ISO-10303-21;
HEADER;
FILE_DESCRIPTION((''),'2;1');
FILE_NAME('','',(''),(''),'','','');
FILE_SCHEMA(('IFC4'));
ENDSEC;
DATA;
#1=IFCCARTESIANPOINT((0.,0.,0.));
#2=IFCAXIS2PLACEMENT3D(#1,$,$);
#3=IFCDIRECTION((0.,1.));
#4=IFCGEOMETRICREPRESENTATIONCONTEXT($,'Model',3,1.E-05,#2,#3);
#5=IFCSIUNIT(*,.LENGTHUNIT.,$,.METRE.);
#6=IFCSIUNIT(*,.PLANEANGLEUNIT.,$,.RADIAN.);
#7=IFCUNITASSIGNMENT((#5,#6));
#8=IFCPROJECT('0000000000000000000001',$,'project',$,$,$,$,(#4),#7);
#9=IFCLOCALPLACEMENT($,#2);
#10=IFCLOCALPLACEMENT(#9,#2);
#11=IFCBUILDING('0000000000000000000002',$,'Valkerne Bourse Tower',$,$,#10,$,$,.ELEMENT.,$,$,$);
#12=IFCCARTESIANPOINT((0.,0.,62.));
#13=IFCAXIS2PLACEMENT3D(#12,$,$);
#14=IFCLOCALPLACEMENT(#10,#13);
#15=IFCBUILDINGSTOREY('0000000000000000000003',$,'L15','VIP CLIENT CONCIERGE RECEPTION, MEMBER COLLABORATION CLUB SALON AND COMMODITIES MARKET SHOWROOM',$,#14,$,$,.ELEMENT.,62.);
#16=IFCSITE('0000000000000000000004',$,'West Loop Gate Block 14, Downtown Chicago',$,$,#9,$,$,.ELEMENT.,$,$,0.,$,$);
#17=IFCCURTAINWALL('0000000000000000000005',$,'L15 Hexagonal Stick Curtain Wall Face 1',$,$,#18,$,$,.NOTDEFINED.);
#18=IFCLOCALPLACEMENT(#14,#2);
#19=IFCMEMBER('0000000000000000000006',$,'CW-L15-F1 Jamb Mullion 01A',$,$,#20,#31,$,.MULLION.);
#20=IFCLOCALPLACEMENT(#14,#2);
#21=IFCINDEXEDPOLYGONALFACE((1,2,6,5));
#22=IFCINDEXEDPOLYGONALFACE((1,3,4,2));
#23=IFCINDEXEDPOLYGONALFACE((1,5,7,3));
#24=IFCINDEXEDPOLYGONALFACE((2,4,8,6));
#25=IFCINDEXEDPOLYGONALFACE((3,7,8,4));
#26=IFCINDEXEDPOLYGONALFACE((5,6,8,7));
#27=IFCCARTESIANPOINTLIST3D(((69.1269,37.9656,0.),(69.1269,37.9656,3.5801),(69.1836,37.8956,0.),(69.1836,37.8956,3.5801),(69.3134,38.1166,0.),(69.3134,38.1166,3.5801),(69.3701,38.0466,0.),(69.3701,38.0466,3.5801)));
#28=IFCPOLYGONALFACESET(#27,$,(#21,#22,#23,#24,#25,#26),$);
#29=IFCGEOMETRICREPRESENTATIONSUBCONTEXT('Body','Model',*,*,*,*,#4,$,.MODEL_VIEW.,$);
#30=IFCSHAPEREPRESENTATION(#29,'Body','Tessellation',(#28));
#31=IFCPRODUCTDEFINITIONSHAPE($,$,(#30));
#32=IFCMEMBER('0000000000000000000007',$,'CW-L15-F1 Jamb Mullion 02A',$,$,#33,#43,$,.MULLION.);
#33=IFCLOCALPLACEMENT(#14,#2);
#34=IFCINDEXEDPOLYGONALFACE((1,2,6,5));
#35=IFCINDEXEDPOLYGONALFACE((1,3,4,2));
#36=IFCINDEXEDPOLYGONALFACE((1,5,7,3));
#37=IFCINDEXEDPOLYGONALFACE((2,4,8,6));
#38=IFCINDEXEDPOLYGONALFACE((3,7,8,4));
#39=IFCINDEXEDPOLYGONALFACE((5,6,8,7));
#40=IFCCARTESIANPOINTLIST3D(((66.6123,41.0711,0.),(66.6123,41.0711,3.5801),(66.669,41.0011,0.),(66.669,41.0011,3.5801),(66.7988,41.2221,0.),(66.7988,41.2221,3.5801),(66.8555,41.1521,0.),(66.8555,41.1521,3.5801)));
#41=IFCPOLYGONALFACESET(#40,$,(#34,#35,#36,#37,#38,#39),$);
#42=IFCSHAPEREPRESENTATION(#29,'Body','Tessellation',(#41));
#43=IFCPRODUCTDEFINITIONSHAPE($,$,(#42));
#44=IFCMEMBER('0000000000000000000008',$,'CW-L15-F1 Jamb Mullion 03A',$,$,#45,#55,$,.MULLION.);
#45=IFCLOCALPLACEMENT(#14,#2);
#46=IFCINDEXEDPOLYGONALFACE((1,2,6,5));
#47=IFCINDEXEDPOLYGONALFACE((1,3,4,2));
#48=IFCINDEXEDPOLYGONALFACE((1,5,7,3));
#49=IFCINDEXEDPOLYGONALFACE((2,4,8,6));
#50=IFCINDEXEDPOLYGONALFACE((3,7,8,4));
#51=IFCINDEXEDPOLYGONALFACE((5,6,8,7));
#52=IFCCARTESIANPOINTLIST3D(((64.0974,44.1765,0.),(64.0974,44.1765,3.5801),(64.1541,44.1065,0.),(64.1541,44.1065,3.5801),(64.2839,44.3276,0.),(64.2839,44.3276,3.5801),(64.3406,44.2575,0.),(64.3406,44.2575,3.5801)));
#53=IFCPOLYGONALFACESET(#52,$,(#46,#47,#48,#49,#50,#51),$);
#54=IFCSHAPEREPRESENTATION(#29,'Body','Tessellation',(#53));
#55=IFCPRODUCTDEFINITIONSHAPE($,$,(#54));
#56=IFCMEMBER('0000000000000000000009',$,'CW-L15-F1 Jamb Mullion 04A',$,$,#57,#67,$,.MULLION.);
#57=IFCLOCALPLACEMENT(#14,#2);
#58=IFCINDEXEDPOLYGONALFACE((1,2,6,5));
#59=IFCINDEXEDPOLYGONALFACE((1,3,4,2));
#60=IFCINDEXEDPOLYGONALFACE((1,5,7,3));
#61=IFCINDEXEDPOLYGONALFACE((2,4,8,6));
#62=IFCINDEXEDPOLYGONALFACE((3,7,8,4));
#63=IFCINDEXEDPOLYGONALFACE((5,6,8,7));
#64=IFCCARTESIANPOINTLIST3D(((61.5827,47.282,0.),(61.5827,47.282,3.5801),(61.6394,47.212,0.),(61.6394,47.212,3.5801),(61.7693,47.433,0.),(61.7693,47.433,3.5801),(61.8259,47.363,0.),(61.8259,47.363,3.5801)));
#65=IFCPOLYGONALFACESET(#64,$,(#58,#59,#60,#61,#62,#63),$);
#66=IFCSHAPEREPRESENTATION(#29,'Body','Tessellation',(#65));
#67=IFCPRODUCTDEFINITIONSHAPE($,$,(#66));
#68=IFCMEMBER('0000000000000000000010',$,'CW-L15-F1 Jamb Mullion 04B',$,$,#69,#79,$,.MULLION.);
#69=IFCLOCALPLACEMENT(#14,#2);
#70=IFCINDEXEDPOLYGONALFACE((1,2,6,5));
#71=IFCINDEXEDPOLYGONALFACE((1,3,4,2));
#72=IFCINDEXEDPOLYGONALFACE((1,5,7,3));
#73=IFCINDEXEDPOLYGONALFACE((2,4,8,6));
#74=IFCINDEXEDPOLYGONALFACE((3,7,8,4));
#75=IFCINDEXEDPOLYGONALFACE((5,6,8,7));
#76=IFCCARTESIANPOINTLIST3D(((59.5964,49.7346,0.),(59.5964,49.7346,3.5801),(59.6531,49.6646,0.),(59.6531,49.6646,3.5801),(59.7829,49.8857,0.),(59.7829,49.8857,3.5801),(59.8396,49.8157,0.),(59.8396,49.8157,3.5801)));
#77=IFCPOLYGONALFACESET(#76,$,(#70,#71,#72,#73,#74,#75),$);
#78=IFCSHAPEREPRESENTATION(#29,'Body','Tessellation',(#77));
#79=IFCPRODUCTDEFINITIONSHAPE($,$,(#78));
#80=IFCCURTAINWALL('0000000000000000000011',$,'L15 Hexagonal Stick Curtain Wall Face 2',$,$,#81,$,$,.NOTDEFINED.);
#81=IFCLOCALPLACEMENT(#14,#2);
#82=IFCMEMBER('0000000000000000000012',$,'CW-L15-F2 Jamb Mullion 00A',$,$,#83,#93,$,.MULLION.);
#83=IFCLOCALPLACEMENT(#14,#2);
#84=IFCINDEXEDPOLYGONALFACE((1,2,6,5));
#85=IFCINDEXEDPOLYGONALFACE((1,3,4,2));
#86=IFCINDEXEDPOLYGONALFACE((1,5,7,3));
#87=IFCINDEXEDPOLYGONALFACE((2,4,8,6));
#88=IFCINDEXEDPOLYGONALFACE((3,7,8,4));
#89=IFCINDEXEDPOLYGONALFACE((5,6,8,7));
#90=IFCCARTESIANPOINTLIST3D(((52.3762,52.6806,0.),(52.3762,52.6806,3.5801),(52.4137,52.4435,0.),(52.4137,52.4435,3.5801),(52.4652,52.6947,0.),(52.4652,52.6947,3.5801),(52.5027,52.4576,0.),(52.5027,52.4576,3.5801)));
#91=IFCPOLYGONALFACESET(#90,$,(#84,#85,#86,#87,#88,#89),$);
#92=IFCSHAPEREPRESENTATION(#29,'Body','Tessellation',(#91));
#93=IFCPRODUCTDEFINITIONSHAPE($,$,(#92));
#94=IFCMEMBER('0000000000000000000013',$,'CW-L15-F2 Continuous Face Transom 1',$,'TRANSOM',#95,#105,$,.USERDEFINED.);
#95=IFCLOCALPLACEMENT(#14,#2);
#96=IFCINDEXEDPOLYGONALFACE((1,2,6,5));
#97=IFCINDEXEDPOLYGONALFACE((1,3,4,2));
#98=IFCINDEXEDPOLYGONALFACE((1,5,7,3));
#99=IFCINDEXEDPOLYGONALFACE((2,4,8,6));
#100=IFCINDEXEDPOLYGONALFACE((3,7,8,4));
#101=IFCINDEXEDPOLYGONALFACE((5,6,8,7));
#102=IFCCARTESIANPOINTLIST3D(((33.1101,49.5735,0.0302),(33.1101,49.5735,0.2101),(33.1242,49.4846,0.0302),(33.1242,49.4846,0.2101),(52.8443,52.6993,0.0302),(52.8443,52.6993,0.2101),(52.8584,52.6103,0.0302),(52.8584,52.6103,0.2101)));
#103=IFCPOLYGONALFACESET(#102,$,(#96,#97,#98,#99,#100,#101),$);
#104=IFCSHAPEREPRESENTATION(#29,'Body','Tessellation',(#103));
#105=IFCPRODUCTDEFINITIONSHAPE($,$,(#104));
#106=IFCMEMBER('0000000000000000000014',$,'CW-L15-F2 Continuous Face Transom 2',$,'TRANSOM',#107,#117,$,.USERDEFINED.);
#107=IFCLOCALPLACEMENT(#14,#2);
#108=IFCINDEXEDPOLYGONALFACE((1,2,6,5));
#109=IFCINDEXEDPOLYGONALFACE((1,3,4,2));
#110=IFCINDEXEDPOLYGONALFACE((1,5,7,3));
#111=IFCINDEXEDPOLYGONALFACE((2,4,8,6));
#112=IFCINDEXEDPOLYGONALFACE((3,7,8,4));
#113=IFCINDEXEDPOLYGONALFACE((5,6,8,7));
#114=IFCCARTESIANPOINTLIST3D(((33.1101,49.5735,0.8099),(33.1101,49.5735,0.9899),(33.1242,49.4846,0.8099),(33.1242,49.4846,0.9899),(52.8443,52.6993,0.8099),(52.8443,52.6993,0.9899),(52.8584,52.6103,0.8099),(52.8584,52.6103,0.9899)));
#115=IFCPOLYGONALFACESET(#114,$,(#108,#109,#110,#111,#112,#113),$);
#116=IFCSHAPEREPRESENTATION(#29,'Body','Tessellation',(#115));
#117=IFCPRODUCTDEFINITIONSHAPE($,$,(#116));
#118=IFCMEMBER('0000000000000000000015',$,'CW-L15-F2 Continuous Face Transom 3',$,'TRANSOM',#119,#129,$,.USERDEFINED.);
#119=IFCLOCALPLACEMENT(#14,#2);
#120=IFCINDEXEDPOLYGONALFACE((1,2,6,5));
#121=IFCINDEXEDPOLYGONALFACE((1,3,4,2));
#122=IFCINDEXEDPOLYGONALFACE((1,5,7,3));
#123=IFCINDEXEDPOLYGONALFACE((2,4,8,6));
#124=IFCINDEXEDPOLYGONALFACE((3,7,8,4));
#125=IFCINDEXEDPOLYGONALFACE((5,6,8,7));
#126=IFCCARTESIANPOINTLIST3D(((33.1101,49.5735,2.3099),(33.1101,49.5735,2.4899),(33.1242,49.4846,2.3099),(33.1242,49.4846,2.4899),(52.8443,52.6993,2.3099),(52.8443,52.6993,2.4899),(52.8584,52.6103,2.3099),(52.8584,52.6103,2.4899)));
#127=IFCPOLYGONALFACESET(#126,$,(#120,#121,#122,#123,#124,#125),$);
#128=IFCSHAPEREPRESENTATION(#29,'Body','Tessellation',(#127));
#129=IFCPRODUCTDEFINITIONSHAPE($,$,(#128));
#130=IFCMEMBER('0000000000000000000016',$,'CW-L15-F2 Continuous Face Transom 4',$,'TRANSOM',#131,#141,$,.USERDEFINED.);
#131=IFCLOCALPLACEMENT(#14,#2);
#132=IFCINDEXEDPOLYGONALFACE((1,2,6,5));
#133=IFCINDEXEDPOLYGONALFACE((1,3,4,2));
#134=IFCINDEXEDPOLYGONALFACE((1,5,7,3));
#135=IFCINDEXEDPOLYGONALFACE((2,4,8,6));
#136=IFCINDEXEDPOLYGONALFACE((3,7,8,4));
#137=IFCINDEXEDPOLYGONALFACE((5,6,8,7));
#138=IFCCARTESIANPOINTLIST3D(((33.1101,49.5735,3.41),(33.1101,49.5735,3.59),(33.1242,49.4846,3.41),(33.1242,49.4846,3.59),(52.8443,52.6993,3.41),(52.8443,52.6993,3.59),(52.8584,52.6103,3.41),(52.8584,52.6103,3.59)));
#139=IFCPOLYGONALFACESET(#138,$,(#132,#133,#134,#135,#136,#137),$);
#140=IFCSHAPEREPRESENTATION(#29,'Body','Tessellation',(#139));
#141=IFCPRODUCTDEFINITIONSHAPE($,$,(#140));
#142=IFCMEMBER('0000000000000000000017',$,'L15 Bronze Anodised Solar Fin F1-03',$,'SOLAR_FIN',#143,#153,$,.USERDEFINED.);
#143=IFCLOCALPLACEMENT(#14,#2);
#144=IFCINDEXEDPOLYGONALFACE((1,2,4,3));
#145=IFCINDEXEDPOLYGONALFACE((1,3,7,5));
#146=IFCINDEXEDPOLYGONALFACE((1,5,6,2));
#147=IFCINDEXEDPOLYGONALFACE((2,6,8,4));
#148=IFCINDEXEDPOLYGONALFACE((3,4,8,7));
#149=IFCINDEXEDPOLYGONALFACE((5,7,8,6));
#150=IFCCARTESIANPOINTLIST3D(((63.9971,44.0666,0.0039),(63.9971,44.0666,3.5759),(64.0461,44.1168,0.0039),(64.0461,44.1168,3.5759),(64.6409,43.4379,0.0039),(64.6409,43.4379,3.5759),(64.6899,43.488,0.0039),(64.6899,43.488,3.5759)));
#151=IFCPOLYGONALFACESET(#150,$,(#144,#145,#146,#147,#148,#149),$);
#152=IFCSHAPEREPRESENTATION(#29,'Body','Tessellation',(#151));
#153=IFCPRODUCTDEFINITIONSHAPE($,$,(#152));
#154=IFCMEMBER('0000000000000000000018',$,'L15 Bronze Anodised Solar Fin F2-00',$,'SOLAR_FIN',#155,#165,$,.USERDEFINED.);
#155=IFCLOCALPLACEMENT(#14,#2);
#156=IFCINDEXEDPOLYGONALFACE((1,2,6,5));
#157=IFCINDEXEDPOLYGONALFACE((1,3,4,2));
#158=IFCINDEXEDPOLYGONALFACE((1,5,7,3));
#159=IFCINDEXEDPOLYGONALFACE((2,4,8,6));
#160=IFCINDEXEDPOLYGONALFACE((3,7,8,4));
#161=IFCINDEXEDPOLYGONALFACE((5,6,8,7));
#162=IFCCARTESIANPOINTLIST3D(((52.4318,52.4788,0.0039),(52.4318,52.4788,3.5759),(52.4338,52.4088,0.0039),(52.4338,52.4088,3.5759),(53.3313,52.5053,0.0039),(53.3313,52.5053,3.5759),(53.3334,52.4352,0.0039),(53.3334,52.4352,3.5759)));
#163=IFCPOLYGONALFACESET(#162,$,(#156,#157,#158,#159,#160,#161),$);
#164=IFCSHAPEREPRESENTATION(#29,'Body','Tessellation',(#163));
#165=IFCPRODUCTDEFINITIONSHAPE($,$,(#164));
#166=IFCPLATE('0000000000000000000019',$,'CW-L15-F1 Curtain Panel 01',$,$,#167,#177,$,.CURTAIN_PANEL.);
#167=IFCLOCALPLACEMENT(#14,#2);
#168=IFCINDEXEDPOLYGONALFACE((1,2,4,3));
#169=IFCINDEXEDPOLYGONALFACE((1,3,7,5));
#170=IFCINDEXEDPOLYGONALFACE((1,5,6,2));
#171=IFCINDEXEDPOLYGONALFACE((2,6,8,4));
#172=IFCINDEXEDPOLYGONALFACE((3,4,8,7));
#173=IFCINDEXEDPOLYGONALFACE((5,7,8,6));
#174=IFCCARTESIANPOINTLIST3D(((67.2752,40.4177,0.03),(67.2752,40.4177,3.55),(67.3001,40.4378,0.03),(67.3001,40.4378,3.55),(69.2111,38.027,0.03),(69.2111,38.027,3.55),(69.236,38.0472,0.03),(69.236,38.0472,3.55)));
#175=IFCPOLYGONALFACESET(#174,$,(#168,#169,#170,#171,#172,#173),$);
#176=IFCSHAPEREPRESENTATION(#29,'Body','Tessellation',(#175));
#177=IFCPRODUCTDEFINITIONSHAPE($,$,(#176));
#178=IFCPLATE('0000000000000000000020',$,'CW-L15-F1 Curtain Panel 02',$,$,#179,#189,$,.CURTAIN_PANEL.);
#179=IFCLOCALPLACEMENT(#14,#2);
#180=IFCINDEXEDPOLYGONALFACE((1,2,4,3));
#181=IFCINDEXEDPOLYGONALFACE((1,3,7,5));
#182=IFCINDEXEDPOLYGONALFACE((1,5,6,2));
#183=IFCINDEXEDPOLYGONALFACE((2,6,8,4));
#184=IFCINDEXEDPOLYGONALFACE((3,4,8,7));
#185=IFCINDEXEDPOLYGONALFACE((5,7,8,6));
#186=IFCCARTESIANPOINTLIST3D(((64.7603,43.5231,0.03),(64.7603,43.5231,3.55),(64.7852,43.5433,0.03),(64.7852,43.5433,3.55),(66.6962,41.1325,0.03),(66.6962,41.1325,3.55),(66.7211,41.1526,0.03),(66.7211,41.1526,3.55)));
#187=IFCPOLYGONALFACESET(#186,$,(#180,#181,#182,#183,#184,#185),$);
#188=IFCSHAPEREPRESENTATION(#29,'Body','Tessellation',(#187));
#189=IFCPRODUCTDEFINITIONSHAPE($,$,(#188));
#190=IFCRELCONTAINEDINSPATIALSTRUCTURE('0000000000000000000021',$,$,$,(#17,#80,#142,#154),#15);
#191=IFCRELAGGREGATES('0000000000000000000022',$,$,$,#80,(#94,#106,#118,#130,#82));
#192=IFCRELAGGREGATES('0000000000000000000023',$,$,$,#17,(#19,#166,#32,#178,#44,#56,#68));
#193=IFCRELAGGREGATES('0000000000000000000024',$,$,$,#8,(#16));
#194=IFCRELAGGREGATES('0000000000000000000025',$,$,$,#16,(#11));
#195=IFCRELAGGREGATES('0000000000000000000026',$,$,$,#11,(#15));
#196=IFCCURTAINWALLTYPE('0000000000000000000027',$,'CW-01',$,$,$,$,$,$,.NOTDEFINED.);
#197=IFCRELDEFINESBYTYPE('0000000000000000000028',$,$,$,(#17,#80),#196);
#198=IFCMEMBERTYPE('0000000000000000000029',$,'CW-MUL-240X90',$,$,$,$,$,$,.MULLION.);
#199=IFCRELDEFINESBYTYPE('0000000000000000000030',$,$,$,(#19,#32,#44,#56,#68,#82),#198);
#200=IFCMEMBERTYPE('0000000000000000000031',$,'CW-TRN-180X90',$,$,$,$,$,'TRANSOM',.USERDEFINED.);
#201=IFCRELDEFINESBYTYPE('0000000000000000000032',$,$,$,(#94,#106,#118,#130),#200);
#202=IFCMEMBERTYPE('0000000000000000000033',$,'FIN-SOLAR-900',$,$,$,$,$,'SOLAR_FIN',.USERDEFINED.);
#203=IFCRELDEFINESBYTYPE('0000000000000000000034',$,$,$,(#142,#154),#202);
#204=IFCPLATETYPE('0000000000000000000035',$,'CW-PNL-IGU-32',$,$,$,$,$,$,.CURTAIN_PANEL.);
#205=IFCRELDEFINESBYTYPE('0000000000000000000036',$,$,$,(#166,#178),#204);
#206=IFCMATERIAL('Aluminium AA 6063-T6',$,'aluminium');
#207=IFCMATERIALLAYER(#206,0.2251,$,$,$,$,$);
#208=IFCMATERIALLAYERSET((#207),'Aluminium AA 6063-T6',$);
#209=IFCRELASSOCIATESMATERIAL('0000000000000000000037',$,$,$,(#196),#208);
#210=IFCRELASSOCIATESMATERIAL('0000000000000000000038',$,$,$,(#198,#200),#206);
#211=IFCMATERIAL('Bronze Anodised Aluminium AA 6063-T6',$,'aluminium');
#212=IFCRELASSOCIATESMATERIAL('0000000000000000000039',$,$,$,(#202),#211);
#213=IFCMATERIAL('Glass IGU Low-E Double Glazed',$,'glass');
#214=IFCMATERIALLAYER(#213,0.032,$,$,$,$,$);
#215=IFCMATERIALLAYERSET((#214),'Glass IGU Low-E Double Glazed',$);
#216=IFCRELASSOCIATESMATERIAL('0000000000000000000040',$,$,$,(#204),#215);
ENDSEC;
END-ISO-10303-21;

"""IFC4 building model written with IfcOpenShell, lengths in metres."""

from ifc_helpers import new_model, si_unit, direction, frame, origin, origin_2d, place, context, subcontext, project, spatial, rectangle, extrude, material, layer, layer_set, material_profile, profile_set, type_object, element, aggregate, save


model = new_model("IFC4")

# Units and contexts
model_context = context("Model", 3, precision=1e-05, world=origin(), true_north=direction((0.0, 1.0)))
body_context = subcontext(model_context, "Body", "Model", "MODEL_VIEW")
ifc_project = project(units=[si_unit("LENGTHUNIT", "METRE"), si_unit("PLANEANGLEUNIT", "RADIAN")], contexts=[model_context])

# Site, building, storey
site_placement = place(None, origin())
site = spatial("IfcSite", under=ifc_project, at=site_placement, Name="West Loop Gate Block 14, Downtown Chicago", CompositionType="ELEMENT", RefElevation=0.0)
building_placement = place(site_placement, origin())
building = spatial("IfcBuilding", under=site, at=building_placement, Name="Valkerne Bourse Tower", CompositionType="ELEMENT")
storey_placement = place(building_placement, frame((0.0, 0.0, 62.0)))
storey = spatial("IfcBuildingStorey", under=building, at=storey_placement, Name="L15", Description="VIP CLIENT CONCIERGE RECEPTION, MEMBER COLLABORATION CLUB SALON AND COMMODITIES MARKET SHOWROOM", CompositionType="ELEMENT", Elevation=62.0)

# Curtain walls, members
ifc_material_1 = material(Name="Aluminium AA 6063-T6", Category="aluminium")
ifc_layer_1 = layer(ifc_material_1, 0.2251)
ifc_layer_set_1 = layer_set([ifc_layer_1], Name="Aluminium AA 6063-T6")
curtain_wall_type = type_object("IfcCurtainWallType", Name="CW-01", PredefinedType="NOTDEFINED", material=ifc_layer_set_1)
curtain_wall_1_placement = place(storey_placement, origin())
curtain_wall_1 = element("IfcCurtainWall", 1, at=curtain_wall_1_placement, inside=storey, type_object=curtain_wall_type, Name="L15 Hexagonal Stick Curtain Wall Face 1", PredefinedType="NOTDEFINED")
ifc_material_profile_1 = material_profile(ifc_material_1, rectangle(XDim=0.0901, YDim=0.24, at=origin_2d()), Name="CWM-90X240")
ifc_profile_set_1 = profile_set([ifc_material_profile_1], Name="Aluminium AA 6063-T6")
member_type_1 = type_object("IfcMemberType", Name="CW-MUL-240X90", PredefinedType="MULLION", material=ifc_profile_set_1)
member_1_placement = place(storey_placement, frame((69.2485, 38.0061, 0.0), z_axis=(0.0, 0.0, 1.0), x_axis=(-0.629323, 0.777144, 0.0)))
member_1 = element("IfcMember", 2, at=member_1_placement, type_object=member_type_1, Name="CW-L15-F1 Jamb Mullion 01A", PredefinedType="MULLION", context=body_context, shape_type="SweptSolid", body=[
    extrude(rectangle(XDim=0.0901, YDim=0.24, at=origin_2d()), origin(), (0.0, 0.0, 1.0), 3.5801),
])
member_2_placement = place(storey_placement, frame((66.7339, 41.1116, 0.0), z_axis=(0.0, 0.0, 1.0), x_axis=(-0.629323, 0.777144, 0.0)))
member_2 = element("IfcMember", 3, at=member_2_placement, type_object=member_type_1, Name="CW-L15-F1 Jamb Mullion 02A", PredefinedType="MULLION", context=body_context, shape_type="SweptSolid", body=[
    extrude(rectangle(XDim=0.0901, YDim=0.24, at=origin_2d()), origin(), (0.0, 0.0, 1.0), 3.5801),
])
member_3_placement = place(storey_placement, frame((64.219, 44.217, 0.0), z_axis=(0.0, 0.0, 1.0), x_axis=(-0.629308, 0.777156, 0.0)))
member_3 = element("IfcMember", 4, at=member_3_placement, type_object=member_type_1, Name="CW-L15-F1 Jamb Mullion 03A", PredefinedType="MULLION", context=body_context, shape_type="SweptSolid", body=[
    extrude(rectangle(XDim=0.0901, YDim=0.24, at=origin_2d()), origin(), (0.0, 0.0, 1.0), 3.5801),
])
member_4_placement = place(storey_placement, frame((61.7043, 47.3225, 0.0), z_axis=(0.0, 0.0, 1.0), x_axis=(-0.629335, 0.777134, 0.0)))
member_4 = element("IfcMember", 5, at=member_4_placement, type_object=member_type_1, Name="CW-L15-F1 Jamb Mullion 04A", PredefinedType="MULLION", context=body_context, shape_type="SweptSolid", body=[
    extrude(rectangle(XDim=0.0901, YDim=0.24, at=origin_2d()), origin(), (0.0, 0.0, 1.0), 3.5801),
])
member_5_placement = place(storey_placement, frame((59.718, 49.7751, 0.0), z_axis=(0.0, 0.0, 1.0), x_axis=(-0.629335, 0.777134, 0.0)))
member_5 = element("IfcMember", 6, at=member_5_placement, type_object=member_type_1, Name="CW-L15-F1 Jamb Mullion 04B", PredefinedType="MULLION", context=body_context, shape_type="SweptSolid", body=[
    extrude(rectangle(XDim=0.0901, YDim=0.24, at=origin_2d()), origin(), (0.0, 0.0, 1.0), 3.5801),
])
curtain_wall_2_placement = place(storey_placement, origin())
curtain_wall_2 = element("IfcCurtainWall", 7, at=curtain_wall_2_placement, inside=storey, type_object=curtain_wall_type, Name="L15 Hexagonal Stick Curtain Wall Face 2", PredefinedType="NOTDEFINED")
member_6_placement = place(storey_placement, frame((52.4395, 52.5691, 0.0), z_axis=(0.0, 0.0, 1.0), x_axis=(-0.987689, -0.156432, 0.0)))
member_6 = element("IfcMember", 8, at=member_6_placement, type_object=member_type_1, Name="CW-L15-F2 Jamb Mullion 00A", PredefinedType="MULLION", context=body_context, shape_type="SweptSolid", body=[
    extrude(rectangle(XDim=0.0901, YDim=0.24, at=origin_2d()), origin(), (0.0, 0.0, 1.0), 3.5801),
])
ifc_material_profile_2 = material_profile(ifc_material_1, rectangle(XDim=0.0901, YDim=0.1799, at=origin_2d()), Name="CWT-90X180")
ifc_profile_set_2 = profile_set([ifc_material_profile_2], Name="Aluminium AA 6063-T6")
member_type_2 = type_object("IfcMemberType", Name="CW-TRN-180X90", ElementType="TRANSOM", PredefinedType="USERDEFINED", material=ifc_profile_set_2)
member_7_placement = place(storey_placement, frame((52.8513, 52.6548, 0.1201), z_axis=(-0.987687, -0.156442, 0.0), x_axis=(0.156442, -0.987687, 0.0)))
member_7 = element("IfcMember", 9, at=member_7_placement, type_object=member_type_2, Name="CW-L15-F2 Continuous Face Transom 1", ObjectType="TRANSOM", PredefinedType="USERDEFINED", context=body_context, shape_type="SweptSolid", body=[
    extrude(rectangle(XDim=0.0901, YDim=0.1799, at=origin_2d()), origin(), (0.0, 0.0, 1.0), 19.9802),
])
member_8_placement = place(storey_placement, frame((52.8513, 52.6548, 0.8999), z_axis=(-0.987687, -0.156442, 0.0), x_axis=(0.156442, -0.987687, 0.0)))
member_8 = element("IfcMember", 10, at=member_8_placement, type_object=member_type_2, Name="CW-L15-F2 Continuous Face Transom 2", ObjectType="TRANSOM", PredefinedType="USERDEFINED", context=body_context, shape_type="SweptSolid", body=[
    extrude(rectangle(XDim=0.0901, YDim=0.1799, at=origin_2d()), origin(), (0.0, 0.0, 1.0), 19.9802),
])
member_9_placement = place(storey_placement, frame((52.8513, 52.6548, 2.3999), z_axis=(-0.987687, -0.156442, 0.0), x_axis=(0.156442, -0.987687, 0.0)))
member_9 = element("IfcMember", 11, at=member_9_placement, type_object=member_type_2, Name="CW-L15-F2 Continuous Face Transom 3", ObjectType="TRANSOM", PredefinedType="USERDEFINED", context=body_context, shape_type="SweptSolid", body=[
    extrude(rectangle(XDim=0.0901, YDim=0.1799, at=origin_2d()), origin(), (0.0, 0.0, 1.0), 19.9802),
])
member_10_placement = place(storey_placement, frame((52.8513, 52.6548, 3.5), z_axis=(-0.987687, -0.156442, 0.0), x_axis=(0.156442, -0.987687, 0.0)))
member_10 = element("IfcMember", 12, at=member_10_placement, type_object=member_type_2, Name="CW-L15-F2 Continuous Face Transom 4", ObjectType="TRANSOM", PredefinedType="USERDEFINED", context=body_context, shape_type="SweptSolid", body=[
    extrude(rectangle(XDim=0.0901, YDim=0.1799, at=origin_2d()), origin(), (0.0, 0.0, 1.0), 19.9802),
])
aggregate(curtain_wall_2, [member_7, member_8, member_9, member_10, member_6])

# Members
ifc_material_2 = material(Name="Bronze Anodised Aluminium AA 6063-T6", Category="aluminium")
ifc_material_profile_3 = material_profile(ifc_material_2, rectangle(XDim=0.0701, YDim=0.8999, at=origin_2d()), Name="FIN-70X900")
ifc_profile_set_3 = profile_set([ifc_material_profile_3], Name="Bronze Anodised Aluminium AA 6063-T6")
member_type_3 = type_object("IfcMemberType", Name="FIN-SOLAR-900", ElementType="SOLAR_FIN", PredefinedType="USERDEFINED", material=ifc_profile_set_3)
for number, where, z_axis, x_axis, name in (
    (13, (64.3435, 43.7773, 0.0039), (0.0, 0.0, 1.0), (0.698671, 0.715443, 0.0), "L15 Bronze Anodised Solar Fin F1-03"),
    (14, (52.8826, 52.457, 0.0039), (0.0, 0.0, 1.0), (-0.029403, 0.999568, 0.0), "L15 Bronze Anodised Solar Fin F2-00"),
):
    element("IfcMember", number, at=place(storey_placement, frame(where, z_axis=z_axis, x_axis=x_axis)), inside=storey, type_object=member_type_3, Name=name, ObjectType="SOLAR_FIN", PredefinedType="USERDEFINED", context=body_context, shape_type="SweptSolid", body=[
        extrude(rectangle(XDim=0.0701, YDim=0.8999, at=origin_2d()), origin(), (0.0, 0.0, 1.0), 3.572),
    ])

# Plates
ifc_material_3 = material(Name="Glass IGU Low-E Double Glazed", Category="glass")
ifc_layer_2 = layer(ifc_material_3, 0.032)
ifc_layer_set_2 = layer_set([ifc_layer_2], Name="Glass IGU Low-E Double Glazed")
plate_type = type_object("IfcPlateType", Name="CW-PNL-IGU-32", PredefinedType="CURTAIN_PANEL", material=ifc_layer_set_2)
plate_1_placement = place(storey_placement, frame((68.2556, 39.2324, 0.03), z_axis=(0.0, 0.0, 1.0), x_axis=(-0.629323, 0.777144, 0.0)))
plate_1 = element("IfcPlate", 15, at=plate_1_placement, type_object=plate_type, Name="CW-L15-F1 Curtain Panel 01", PredefinedType="CURTAIN_PANEL", context=body_context, shape_type="SweptSolid", body=[
    extrude(rectangle(XDim=3.0762, YDim=0.032, at=origin_2d()), origin(), (0.0, 0.0, 1.0), 3.52),
])
plate_2_placement = place(storey_placement, frame((65.7407, 42.3379, 0.03), z_axis=(0.0, 0.0, 1.0), x_axis=(-0.629323, 0.777144, 0.0)))
plate_2 = element("IfcPlate", 16, at=plate_2_placement, type_object=plate_type, Name="CW-L15-F1 Curtain Panel 02", PredefinedType="CURTAIN_PANEL", context=body_context, shape_type="SweptSolid", body=[
    extrude(rectangle(XDim=3.0762, YDim=0.032, at=origin_2d()), origin(), (0.0, 0.0, 1.0), 3.52),
])
aggregate(curtain_wall_1, [member_1, plate_1, member_2, plate_2, member_3, member_4, member_5])

save(model, "model.ifc")
